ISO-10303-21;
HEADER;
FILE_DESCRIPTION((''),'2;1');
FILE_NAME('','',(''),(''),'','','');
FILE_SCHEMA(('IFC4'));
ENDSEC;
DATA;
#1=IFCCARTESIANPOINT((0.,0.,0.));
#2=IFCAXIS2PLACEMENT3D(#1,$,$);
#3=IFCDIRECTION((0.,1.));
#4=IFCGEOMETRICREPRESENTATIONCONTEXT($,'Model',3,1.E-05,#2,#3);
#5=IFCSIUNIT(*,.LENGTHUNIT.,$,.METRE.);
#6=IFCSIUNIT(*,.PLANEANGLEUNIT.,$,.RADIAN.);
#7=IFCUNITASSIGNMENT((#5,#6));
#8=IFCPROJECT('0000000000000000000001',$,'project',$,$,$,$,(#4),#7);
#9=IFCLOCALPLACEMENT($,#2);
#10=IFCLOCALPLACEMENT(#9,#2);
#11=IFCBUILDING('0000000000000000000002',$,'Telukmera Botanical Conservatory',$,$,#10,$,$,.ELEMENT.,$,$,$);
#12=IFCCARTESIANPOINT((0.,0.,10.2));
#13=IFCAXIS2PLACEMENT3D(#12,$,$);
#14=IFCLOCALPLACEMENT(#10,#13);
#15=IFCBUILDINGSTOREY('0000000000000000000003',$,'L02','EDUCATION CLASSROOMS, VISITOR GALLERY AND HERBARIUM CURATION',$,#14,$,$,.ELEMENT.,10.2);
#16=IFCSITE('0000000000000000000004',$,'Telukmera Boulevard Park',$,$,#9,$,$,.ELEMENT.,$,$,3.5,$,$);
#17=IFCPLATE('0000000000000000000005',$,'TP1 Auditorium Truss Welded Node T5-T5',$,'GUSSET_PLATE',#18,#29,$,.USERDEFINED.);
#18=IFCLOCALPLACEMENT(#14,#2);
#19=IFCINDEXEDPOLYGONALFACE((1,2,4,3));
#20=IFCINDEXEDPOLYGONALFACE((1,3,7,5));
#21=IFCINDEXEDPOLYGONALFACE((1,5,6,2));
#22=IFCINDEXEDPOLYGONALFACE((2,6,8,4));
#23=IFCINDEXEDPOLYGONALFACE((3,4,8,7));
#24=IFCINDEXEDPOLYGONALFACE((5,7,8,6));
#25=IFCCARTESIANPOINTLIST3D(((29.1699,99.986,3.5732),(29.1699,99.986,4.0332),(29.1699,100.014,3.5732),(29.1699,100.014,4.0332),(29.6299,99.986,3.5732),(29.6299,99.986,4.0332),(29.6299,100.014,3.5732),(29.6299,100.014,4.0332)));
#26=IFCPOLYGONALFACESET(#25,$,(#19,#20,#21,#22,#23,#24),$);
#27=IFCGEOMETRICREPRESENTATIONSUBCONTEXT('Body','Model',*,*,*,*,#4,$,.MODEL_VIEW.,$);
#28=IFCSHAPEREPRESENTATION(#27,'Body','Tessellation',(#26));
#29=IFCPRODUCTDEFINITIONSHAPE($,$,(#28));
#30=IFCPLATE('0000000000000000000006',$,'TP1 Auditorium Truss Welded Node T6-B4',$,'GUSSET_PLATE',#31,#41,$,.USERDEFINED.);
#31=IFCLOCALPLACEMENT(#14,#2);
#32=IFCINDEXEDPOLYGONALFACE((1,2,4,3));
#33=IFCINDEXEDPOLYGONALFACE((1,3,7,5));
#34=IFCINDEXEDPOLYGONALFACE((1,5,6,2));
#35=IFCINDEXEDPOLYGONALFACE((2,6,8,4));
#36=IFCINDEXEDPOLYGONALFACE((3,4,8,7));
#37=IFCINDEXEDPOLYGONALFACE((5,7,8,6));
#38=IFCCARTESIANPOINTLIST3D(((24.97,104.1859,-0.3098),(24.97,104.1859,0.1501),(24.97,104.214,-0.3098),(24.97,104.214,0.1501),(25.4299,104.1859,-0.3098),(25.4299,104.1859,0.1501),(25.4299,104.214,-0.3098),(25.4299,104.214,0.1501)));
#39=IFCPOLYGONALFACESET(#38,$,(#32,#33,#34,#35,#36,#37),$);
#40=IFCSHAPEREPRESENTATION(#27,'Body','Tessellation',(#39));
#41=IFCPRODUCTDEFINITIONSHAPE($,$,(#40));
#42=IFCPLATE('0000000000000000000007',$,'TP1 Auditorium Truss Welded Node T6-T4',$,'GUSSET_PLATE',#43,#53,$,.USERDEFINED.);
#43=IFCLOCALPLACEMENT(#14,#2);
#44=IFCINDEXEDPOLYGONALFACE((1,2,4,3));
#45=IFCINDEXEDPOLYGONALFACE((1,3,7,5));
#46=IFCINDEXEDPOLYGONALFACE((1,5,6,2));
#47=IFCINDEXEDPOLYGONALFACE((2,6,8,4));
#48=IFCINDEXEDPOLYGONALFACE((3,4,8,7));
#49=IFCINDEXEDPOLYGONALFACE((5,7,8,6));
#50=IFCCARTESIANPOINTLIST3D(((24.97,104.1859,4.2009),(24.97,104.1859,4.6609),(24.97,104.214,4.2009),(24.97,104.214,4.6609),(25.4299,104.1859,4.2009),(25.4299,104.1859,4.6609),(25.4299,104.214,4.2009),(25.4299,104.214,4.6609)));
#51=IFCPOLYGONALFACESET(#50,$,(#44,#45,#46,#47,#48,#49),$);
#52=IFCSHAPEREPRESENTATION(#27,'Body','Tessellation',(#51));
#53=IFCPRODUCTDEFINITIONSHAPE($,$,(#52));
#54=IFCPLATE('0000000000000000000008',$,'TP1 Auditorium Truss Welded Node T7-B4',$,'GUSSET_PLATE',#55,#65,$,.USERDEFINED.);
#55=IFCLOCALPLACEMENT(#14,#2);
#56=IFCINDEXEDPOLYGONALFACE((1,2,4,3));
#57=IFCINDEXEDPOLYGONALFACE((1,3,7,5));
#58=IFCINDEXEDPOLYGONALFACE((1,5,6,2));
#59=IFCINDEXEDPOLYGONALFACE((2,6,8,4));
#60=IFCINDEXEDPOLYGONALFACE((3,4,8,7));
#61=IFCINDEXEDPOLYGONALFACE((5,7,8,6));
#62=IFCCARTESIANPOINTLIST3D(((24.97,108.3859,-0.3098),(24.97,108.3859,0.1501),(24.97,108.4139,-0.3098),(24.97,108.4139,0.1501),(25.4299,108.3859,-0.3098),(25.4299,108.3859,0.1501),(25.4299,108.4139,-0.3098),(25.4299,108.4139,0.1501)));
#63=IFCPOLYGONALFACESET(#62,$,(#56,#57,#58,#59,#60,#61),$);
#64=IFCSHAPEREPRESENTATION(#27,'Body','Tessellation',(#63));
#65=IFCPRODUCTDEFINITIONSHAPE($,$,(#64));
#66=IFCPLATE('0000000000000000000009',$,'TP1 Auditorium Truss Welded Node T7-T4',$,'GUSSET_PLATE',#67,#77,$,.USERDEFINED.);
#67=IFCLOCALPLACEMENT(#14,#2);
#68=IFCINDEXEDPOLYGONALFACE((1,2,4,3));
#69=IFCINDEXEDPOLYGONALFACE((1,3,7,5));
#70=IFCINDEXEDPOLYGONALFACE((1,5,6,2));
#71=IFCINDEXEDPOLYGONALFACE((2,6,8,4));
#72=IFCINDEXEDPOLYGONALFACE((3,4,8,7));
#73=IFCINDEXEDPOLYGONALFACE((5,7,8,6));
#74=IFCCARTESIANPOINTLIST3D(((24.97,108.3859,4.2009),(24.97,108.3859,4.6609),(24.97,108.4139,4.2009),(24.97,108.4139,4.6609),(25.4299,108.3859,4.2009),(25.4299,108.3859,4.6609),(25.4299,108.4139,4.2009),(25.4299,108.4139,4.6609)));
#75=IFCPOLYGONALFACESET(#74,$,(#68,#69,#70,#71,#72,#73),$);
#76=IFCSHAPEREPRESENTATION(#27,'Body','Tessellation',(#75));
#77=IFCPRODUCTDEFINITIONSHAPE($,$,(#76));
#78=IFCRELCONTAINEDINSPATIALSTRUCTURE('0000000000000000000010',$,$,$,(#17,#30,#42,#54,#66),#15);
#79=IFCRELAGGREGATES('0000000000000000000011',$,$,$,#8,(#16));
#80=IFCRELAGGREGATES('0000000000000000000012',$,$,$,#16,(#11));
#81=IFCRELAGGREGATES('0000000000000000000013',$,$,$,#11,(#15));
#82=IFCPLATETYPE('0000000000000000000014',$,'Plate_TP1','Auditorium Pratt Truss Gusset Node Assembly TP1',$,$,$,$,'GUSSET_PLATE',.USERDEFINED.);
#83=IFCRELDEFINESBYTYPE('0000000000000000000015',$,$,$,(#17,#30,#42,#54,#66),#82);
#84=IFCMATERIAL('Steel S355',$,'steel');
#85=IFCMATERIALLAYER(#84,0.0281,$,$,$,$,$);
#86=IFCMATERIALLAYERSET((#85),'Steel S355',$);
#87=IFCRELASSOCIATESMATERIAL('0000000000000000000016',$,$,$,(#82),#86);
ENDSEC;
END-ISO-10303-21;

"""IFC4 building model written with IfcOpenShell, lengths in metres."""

from ifc_helpers import new_model, si_unit, direction, frame, origin, origin_2d, place, context, subcontext, project, spatial, rectangle, extrude, material, layer, layer_set, type_object, element, save


model = new_model("IFC4")

# Units and contexts
model_context = context("Model", 3, precision=1e-05, world=origin(), true_north=direction((0.0, 1.0)))
body_context = subcontext(model_context, "Body", "Model", "MODEL_VIEW")
ifc_project = project(units=[si_unit("LENGTHUNIT", "METRE"), si_unit("PLANEANGLEUNIT", "RADIAN")], contexts=[model_context])

# Site, building, storey
site_placement = place(None, origin())
site = spatial("IfcSite", under=ifc_project, at=site_placement, Name="Telukmera Boulevard Park", CompositionType="ELEMENT", RefElevation=3.5)
building_placement = place(site_placement, origin())
building = spatial("IfcBuilding", under=site, at=building_placement, Name="Telukmera Botanical Conservatory", CompositionType="ELEMENT")
storey_placement = place(building_placement, frame((0.0, 0.0, 10.2)))
storey = spatial("IfcBuildingStorey", under=building, at=storey_placement, Name="L02", Description="EDUCATION CLASSROOMS, VISITOR GALLERY AND HERBARIUM CURATION", CompositionType="ELEMENT", Elevation=10.2)

# Shared definitions
ifc_material = material(Name="Steel S355", Category="steel")

# Plates
ifc_layer_1 = layer(ifc_material, 0.0281)
ifc_layer_set_1 = layer_set([ifc_layer_1], Name="Steel S355")
plate_type_1 = type_object("IfcPlateType", Name="Plate_TP1", Description="Auditorium Pratt Truss Gusset Node Assembly TP1", ElementType="GUSSET_PLATE", PredefinedType="USERDEFINED", material=ifc_layer_set_1)
for number, where, z_axis, x_axis, name in (
    (1, (29.3999, 100.0, 3.5732), (0.0, 0.0, 1.0), (1.0, 0.0, 0.0), "TP1 Auditorium Truss Welded Node T5-T5"),
    (2, (25.2, 104.2, -0.3098), (0.0, 0.0, 1.0), (1.0, 0.0, 0.0), "TP1 Auditorium Truss Welded Node T6-B4"),
    (3, (25.2, 104.2, 4.2009), (0.0, 0.0, 1.0), (1.0, 0.0, 0.0), "TP1 Auditorium Truss Welded Node T6-T4"),
    (4, (25.2, 108.3999, -0.3098), (0.0, 0.0, 1.0), (1.0, 0.0, 0.0), "TP1 Auditorium Truss Welded Node T7-B4"),
    (5, (25.2, 108.3999, 4.2009), (0.0, 0.0, 1.0), (1.0, 0.0, 0.0), "TP1 Auditorium Truss Welded Node T7-T4"),
):
    element("IfcPlate", number, at=place(storey_placement, frame(where, z_axis=z_axis, x_axis=x_axis)), inside=storey, type_object=plate_type_1, Name=name, ObjectType="GUSSET_PLATE", PredefinedType="USERDEFINED", context=body_context, shape_type="SweptSolid", body=[
        extrude(rectangle(XDim=0.46, YDim=0.0281, at=origin_2d()), origin(), (0.0, 0.0, 1.0), 0.46),
    ])

save(model, "model.ifc")
